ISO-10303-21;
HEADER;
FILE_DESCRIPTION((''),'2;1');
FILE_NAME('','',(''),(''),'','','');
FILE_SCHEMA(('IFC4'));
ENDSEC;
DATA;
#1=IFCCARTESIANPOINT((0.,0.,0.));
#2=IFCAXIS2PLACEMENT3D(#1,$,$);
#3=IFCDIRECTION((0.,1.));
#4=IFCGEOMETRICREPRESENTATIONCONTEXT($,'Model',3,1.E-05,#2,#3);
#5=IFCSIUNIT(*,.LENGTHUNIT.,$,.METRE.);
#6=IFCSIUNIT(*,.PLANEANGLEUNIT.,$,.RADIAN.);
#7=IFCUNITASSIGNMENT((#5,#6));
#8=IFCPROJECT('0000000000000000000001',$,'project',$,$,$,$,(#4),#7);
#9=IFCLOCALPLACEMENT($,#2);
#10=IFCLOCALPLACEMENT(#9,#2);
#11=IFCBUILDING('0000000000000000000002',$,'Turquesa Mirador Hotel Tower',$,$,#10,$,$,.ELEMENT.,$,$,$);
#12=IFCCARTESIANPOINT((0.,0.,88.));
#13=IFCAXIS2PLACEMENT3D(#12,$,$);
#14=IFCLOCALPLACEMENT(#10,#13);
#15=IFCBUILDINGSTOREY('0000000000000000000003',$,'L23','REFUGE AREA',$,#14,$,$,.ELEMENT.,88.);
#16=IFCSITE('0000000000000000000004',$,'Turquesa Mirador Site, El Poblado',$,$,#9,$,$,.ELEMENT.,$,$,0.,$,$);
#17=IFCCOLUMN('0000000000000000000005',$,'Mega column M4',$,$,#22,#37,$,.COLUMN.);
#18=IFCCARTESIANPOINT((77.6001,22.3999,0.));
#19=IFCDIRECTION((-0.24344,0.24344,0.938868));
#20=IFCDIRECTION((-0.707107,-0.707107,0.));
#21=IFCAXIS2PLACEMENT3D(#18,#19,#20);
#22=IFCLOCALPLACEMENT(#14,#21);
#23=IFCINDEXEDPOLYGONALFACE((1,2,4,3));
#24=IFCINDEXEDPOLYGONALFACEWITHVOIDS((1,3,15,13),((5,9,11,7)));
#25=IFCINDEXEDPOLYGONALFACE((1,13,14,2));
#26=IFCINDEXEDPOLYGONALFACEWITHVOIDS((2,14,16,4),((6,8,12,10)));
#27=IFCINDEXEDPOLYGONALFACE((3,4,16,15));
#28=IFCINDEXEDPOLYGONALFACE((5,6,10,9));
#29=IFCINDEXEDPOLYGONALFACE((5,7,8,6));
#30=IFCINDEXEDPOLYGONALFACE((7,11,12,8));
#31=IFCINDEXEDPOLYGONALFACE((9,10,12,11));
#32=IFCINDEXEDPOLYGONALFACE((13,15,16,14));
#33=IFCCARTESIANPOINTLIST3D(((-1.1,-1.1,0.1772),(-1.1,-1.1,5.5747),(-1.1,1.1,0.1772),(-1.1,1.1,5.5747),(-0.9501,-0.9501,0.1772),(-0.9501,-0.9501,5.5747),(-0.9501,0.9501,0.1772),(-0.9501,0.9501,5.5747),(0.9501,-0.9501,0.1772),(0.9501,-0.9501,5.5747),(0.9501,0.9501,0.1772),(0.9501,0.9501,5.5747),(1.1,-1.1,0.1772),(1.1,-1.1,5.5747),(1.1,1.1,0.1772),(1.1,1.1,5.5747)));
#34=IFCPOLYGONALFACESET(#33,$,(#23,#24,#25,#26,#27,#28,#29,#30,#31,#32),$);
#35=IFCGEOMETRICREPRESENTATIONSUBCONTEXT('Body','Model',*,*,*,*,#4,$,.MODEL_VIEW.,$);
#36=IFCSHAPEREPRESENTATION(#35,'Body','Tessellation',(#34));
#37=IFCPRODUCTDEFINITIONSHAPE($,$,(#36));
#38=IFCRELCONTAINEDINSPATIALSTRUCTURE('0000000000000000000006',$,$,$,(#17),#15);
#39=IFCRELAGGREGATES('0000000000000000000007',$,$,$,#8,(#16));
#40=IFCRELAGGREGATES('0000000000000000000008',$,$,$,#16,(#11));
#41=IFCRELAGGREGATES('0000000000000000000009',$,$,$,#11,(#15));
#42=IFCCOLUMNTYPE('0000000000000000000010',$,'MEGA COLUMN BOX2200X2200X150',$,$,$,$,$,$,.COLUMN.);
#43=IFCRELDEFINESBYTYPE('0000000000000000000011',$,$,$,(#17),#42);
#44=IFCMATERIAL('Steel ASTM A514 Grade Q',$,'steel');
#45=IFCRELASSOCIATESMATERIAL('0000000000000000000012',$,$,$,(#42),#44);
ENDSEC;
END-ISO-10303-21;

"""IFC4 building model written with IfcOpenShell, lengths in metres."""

from ifc_helpers import new_model, si_unit, direction, frame, origin, origin_2d, place, context, subcontext, project, spatial, hollow_rectangle, extrude, clip, halfspace, material, material_profile, profile_set, type_object, element, save


model = new_model("IFC4")

# Units and contexts
model_context = context("Model", 3, precision=1e-05, world=origin(), true_north=direction((0.0, 1.0)))
body_context = subcontext(model_context, "Body", "Model", "MODEL_VIEW")
ifc_project = project(units=[si_unit("LENGTHUNIT", "METRE"), si_unit("PLANEANGLEUNIT", "RADIAN")], contexts=[model_context])

# Site, building, storey
site_placement = place(None, origin())
site = spatial("IfcSite", under=ifc_project, at=site_placement, Name="Turquesa Mirador Site, El Poblado", CompositionType="ELEMENT", RefElevation=0.0)
building_placement = place(site_placement, origin())
building = spatial("IfcBuilding", under=site, at=building_placement, Name="Turquesa Mirador Hotel Tower", CompositionType="ELEMENT")
storey_placement = place(building_placement, frame((0.0, 0.0, 88.0)))
storey = spatial("IfcBuildingStorey", under=building, at=storey_placement, Name="L23", Description="REFUGE AREA", CompositionType="ELEMENT", Elevation=88.0)

# Column
ifc_material_1 = material(Name="Steel ASTM A514 Grade Q", Category="steel")
ifc_material_profile_1 = material_profile(ifc_material_1, hollow_rectangle(XDim=2.2, YDim=2.2, WallThickness=0.1499, at=origin_2d()), Name="BOX2200X2200X150")
ifc_profile_set_1 = profile_set([ifc_material_profile_1], Name="Steel ASTM A514 Grade Q")
column_type = type_object("IfcColumnType", Name="MEGA COLUMN BOX2200X2200X150", PredefinedType="COLUMN", material=ifc_profile_set_1)
column_placement = place(storey_placement, frame((77.6001, 22.3999, 0.0), z_axis=(-0.24344, 0.24344, 0.938868), x_axis=(-0.707107, -0.707107, 0.0)))
element("IfcColumn", 1, at=column_placement, inside=storey, type_object=column_type, Name="Mega column M4", PredefinedType="COLUMN", context=body_context, shape_type="Clipping", body=[
    clip(clip(extrude(hollow_rectangle(XDim=2.2, YDim=2.2, WallThickness=0.1499, at=origin_2d()), origin(), (0.0, 0.0, 1.0), 5.7515), halfspace(frame((0.0, 0.0, 0.1772), z_axis=(0.0, 0.0, -1.0), x_axis=(1.0, 0.0, 0.0)), False)), halfspace(frame((0.0, 0.0, 5.5747), z_axis=(0.0, 0.0, 1.0), x_axis=(1.0, 0.0, 0.0)), False)),
])

save(model, "model.ifc")
